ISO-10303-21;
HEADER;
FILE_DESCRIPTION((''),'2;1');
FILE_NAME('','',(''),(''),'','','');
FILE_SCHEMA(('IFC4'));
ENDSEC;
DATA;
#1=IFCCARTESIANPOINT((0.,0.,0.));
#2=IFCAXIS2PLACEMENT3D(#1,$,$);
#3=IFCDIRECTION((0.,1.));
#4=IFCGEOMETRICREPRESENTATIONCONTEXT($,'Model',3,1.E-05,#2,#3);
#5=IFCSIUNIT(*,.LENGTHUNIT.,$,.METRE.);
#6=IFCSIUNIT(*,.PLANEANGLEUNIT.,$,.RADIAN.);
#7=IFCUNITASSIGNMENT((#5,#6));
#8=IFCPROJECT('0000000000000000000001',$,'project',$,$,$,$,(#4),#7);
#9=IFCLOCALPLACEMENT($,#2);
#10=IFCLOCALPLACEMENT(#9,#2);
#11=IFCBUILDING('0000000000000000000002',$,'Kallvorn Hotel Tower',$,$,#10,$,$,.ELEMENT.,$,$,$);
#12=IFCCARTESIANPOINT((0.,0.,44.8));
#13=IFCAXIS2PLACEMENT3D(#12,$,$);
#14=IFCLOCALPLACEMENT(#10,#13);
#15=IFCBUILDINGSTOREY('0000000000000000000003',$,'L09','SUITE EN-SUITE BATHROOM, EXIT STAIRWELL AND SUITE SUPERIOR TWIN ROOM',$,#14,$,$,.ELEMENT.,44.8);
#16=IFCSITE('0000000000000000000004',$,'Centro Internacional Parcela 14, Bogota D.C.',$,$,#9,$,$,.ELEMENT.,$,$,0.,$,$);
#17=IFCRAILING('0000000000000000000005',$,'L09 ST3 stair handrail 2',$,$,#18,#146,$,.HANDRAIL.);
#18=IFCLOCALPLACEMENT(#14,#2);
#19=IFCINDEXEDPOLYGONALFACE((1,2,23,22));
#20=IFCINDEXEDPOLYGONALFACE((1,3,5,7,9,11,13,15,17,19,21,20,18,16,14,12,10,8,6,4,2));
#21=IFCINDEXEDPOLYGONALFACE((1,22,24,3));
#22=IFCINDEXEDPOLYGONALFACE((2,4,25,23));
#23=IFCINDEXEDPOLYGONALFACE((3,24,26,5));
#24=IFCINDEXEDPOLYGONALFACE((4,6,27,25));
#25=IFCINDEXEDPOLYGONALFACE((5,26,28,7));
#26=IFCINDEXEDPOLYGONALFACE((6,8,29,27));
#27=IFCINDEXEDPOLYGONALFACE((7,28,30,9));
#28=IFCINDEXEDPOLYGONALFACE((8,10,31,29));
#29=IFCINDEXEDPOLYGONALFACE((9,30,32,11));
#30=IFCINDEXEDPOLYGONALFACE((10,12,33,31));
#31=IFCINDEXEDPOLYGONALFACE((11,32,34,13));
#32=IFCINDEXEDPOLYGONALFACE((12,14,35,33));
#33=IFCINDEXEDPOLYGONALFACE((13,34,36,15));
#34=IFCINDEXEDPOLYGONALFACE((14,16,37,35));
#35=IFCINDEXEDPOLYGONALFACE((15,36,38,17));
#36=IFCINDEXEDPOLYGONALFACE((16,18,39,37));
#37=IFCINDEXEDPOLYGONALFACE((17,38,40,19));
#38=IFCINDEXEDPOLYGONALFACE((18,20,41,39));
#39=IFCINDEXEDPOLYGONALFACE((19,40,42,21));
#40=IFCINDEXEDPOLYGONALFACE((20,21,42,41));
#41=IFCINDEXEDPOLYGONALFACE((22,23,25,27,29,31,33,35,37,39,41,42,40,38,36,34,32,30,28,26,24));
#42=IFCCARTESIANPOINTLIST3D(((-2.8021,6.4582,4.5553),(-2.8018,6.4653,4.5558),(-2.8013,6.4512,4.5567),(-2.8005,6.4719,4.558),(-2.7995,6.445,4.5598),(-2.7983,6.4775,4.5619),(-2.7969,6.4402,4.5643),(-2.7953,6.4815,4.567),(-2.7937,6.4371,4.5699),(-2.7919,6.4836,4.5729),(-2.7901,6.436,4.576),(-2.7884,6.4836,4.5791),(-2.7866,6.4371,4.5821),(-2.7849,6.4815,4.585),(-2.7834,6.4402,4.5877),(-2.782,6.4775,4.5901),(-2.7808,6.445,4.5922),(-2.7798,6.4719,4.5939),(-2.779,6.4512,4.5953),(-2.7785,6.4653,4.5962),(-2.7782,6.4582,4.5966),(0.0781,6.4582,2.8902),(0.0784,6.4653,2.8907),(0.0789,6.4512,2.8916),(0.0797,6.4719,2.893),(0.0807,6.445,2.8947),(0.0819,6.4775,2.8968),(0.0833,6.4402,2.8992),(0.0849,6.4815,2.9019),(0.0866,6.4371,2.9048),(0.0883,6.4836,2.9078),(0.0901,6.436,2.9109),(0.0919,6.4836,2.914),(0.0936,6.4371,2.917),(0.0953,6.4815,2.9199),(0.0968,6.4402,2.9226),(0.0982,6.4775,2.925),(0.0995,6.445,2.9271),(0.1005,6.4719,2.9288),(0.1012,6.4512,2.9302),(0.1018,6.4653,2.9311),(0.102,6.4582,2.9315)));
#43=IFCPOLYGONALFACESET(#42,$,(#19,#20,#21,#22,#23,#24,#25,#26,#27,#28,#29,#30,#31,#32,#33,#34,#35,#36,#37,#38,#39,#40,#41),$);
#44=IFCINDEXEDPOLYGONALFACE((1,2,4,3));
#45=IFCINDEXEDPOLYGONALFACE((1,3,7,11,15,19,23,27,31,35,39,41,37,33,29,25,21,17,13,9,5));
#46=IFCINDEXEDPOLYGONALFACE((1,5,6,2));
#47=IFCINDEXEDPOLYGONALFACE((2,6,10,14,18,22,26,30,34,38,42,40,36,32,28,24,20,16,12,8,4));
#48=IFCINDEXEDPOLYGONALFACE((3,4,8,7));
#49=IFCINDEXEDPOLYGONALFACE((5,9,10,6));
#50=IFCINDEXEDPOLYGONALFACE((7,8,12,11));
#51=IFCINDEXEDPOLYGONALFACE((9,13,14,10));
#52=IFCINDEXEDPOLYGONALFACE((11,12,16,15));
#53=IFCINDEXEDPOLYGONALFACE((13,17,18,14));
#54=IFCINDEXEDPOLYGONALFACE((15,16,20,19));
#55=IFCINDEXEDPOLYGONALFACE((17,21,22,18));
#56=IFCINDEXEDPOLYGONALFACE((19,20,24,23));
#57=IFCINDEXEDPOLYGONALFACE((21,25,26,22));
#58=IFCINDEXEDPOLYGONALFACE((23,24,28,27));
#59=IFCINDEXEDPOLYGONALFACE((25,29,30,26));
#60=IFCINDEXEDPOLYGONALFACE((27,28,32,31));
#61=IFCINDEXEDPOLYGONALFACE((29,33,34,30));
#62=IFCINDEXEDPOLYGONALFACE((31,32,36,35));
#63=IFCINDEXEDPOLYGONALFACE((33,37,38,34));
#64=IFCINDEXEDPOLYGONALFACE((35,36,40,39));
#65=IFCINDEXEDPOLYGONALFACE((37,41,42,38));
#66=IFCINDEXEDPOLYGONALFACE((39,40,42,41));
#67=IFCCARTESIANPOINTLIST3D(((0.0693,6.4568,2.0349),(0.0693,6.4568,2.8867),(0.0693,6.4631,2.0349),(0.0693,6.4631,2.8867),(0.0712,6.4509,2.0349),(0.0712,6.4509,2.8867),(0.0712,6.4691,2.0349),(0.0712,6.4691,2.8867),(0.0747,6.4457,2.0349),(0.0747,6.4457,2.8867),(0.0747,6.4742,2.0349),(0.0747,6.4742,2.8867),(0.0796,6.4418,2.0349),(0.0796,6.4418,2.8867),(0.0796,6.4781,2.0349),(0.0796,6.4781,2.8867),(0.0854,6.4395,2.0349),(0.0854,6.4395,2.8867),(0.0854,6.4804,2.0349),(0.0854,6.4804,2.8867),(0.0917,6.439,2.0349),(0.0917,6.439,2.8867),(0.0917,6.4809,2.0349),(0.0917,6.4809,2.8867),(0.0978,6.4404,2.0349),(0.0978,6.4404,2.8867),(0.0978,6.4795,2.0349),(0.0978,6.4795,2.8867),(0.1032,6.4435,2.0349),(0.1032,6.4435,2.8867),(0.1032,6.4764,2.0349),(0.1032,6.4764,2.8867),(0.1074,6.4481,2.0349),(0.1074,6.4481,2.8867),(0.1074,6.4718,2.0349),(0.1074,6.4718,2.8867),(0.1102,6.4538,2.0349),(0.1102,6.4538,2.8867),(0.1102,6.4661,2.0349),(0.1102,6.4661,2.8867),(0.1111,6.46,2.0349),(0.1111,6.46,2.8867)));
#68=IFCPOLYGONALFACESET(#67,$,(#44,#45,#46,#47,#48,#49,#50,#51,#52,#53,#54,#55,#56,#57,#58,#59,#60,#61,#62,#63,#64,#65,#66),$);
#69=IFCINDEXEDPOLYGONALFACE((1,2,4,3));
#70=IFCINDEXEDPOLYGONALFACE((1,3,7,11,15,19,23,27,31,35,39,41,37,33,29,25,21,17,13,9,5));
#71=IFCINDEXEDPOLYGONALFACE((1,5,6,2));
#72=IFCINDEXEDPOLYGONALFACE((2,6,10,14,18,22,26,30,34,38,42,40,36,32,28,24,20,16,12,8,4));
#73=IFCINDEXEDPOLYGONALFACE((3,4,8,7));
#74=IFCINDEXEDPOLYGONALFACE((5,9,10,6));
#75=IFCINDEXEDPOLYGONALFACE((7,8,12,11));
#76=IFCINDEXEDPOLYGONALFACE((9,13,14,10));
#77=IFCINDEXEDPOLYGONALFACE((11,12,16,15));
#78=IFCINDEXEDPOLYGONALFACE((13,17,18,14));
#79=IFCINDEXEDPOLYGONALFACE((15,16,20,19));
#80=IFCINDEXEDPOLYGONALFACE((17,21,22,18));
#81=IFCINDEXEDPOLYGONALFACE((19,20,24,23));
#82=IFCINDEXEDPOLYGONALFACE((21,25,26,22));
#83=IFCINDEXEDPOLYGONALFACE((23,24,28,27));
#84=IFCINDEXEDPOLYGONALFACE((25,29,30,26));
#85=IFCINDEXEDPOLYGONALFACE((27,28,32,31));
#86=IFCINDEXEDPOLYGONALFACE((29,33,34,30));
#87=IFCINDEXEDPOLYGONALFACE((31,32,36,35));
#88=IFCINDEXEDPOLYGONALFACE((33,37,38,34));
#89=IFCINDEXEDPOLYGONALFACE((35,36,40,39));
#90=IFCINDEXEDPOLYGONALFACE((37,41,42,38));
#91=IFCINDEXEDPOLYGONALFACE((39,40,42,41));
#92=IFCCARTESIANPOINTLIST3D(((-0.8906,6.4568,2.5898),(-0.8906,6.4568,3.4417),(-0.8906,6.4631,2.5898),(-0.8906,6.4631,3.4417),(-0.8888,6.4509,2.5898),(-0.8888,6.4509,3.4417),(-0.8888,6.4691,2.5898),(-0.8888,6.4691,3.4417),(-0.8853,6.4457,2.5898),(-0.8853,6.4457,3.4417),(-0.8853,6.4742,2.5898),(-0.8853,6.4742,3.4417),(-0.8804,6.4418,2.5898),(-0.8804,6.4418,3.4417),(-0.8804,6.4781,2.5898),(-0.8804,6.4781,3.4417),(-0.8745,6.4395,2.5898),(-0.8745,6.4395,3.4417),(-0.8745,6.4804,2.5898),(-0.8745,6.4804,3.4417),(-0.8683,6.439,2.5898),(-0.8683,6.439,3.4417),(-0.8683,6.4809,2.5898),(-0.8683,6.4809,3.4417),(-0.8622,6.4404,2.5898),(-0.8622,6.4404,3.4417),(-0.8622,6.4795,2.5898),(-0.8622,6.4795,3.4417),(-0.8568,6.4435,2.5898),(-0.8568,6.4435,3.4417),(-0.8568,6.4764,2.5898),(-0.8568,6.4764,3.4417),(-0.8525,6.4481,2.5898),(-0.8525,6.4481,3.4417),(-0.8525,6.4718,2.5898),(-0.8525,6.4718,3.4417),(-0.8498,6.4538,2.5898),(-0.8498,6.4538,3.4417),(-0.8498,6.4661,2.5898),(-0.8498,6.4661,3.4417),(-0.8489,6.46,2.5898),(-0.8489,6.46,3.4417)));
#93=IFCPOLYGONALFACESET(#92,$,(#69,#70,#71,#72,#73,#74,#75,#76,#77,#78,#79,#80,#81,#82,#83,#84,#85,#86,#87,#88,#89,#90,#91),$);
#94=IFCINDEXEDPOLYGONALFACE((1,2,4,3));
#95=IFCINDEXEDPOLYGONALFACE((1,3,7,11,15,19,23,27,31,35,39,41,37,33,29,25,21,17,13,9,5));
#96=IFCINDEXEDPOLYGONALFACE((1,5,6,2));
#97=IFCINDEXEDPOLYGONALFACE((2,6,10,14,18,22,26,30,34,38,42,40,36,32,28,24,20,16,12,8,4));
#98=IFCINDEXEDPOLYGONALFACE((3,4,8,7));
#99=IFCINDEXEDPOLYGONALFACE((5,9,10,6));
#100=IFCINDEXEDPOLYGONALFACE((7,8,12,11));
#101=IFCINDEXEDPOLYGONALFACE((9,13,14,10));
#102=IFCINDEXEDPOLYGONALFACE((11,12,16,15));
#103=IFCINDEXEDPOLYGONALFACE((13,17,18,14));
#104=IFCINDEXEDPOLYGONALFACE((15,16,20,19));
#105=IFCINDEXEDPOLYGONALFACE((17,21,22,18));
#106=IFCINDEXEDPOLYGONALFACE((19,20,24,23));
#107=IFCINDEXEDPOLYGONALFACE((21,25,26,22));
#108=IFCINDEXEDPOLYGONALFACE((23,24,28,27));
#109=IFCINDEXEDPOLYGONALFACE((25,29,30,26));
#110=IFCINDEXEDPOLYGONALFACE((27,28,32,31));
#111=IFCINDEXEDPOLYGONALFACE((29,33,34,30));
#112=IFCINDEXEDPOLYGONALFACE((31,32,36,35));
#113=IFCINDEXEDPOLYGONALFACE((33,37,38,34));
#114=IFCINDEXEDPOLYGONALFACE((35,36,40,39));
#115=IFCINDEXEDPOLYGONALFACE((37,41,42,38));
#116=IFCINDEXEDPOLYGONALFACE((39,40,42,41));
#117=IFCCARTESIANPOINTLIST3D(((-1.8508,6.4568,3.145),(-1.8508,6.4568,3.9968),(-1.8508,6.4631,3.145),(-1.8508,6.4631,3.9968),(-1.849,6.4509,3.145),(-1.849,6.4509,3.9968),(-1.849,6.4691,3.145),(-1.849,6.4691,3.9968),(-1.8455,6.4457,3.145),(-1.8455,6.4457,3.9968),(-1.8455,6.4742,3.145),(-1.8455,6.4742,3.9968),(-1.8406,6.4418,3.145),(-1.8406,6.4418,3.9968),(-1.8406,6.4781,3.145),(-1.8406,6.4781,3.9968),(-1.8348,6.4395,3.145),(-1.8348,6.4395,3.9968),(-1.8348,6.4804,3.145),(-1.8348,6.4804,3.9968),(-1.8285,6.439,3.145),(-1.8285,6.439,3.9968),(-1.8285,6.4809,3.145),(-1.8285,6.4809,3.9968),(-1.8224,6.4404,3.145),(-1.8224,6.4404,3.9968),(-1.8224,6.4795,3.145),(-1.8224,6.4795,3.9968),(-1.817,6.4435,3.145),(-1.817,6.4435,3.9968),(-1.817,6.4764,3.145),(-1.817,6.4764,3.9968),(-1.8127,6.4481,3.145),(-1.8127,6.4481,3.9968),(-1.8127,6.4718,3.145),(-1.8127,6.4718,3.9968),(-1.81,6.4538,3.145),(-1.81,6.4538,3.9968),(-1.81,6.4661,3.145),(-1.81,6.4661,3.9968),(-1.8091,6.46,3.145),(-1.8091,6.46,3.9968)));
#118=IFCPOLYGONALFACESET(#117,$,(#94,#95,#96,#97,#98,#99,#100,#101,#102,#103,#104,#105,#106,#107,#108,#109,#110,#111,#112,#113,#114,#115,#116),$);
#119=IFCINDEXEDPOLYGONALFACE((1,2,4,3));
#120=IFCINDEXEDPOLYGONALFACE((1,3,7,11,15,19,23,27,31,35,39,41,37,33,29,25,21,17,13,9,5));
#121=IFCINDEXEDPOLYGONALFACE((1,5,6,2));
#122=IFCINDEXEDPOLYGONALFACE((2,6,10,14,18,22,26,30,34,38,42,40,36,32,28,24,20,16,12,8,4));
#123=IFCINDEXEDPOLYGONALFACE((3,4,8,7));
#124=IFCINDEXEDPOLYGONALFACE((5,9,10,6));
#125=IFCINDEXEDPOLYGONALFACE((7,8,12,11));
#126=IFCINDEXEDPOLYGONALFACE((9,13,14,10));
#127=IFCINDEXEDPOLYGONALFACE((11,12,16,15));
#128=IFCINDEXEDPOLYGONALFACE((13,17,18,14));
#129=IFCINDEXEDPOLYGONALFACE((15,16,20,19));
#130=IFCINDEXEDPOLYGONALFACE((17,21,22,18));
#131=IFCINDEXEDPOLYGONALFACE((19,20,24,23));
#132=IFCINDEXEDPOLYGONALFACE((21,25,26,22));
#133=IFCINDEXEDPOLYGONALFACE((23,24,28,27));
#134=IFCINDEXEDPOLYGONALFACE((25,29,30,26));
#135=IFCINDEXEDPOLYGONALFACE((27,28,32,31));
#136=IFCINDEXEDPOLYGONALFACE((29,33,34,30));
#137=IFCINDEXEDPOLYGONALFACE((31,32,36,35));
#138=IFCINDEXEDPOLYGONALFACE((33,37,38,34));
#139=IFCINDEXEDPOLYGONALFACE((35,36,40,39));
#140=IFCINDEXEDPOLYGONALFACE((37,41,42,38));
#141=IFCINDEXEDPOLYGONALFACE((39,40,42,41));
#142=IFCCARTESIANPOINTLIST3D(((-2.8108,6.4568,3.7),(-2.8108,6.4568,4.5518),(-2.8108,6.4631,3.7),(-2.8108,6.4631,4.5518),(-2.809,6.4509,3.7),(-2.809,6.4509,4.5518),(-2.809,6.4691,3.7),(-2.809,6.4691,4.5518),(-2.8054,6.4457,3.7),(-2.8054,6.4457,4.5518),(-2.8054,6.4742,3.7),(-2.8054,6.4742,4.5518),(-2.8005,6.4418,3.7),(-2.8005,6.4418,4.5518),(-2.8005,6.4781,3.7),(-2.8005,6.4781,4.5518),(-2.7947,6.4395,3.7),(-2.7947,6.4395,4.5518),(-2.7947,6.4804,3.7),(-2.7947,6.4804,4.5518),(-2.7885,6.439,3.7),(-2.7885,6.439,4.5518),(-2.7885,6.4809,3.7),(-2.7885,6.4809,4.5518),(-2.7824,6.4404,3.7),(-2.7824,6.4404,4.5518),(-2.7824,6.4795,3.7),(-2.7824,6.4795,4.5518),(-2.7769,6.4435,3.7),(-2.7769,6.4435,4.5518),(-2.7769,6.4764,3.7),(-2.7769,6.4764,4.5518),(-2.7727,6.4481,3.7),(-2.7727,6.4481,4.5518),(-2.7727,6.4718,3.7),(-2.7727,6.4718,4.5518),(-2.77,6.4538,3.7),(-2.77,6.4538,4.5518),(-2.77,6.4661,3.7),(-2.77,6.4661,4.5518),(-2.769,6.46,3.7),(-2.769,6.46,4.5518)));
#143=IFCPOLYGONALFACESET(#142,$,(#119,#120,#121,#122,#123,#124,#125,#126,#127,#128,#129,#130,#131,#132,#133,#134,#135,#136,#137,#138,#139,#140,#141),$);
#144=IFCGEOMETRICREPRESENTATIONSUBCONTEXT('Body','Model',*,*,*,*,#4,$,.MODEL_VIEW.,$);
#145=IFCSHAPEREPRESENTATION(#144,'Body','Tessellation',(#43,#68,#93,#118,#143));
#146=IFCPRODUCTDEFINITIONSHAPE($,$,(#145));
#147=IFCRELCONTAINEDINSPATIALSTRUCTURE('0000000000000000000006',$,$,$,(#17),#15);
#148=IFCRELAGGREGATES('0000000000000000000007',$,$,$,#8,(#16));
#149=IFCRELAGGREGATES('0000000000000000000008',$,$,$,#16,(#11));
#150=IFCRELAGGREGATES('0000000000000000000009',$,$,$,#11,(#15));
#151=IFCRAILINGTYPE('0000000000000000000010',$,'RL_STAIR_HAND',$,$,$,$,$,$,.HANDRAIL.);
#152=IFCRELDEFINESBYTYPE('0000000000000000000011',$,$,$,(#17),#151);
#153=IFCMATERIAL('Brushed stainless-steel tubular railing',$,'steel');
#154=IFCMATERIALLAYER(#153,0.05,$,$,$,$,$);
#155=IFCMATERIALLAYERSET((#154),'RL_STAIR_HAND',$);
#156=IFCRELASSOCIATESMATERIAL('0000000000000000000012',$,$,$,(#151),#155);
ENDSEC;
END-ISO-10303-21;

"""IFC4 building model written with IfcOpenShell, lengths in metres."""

from ifc_helpers import new_model, si_unit, direction, frame, origin, origin_2d, place, context, subcontext, project, spatial, circle, extrude, material, layer, layer_set, type_object, element, save


model = new_model("IFC4")

# Units and contexts
model_context = context("Model", 3, precision=1e-05, world=origin(), true_north=direction((0.0, 1.0)))
body_context = subcontext(model_context, "Body", "Model", "MODEL_VIEW")
ifc_project = project(units=[si_unit("LENGTHUNIT", "METRE"), si_unit("PLANEANGLEUNIT", "RADIAN")], contexts=[model_context])

# Site, building, storey
site_placement = place(None, origin())
site = spatial("IfcSite", under=ifc_project, at=site_placement, Name="Centro Internacional Parcela 14, Bogota D.C.", CompositionType="ELEMENT", RefElevation=0.0)
building_placement = place(site_placement, origin())
building = spatial("IfcBuilding", under=site, at=building_placement, Name="Kallvorn Hotel Tower", CompositionType="ELEMENT")
storey_placement = place(building_placement, frame((0.0, 0.0, 44.8)))
storey = spatial("IfcBuildingStorey", under=building, at=storey_placement, Name="L09", Description="SUITE EN-SUITE BATHROOM, EXIT STAIRWELL AND SUITE SUPERIOR TWIN ROOM", CompositionType="ELEMENT", Elevation=44.8)

# Railing
ifc_material_1 = material(Name="Brushed stainless-steel tubular railing", Category="steel")
ifc_layer_1 = layer(ifc_material_1, 0.05)
ifc_layer_set_1 = layer_set([ifc_layer_1], Name="RL_STAIR_HAND")
railing_type_1 = type_object("IfcRailingType", Name="RL_STAIR_HAND", PredefinedType="HANDRAIL", material=ifc_layer_set_1)
railing_1_placement = place(storey_placement, frame((0.0901, 6.46, 2.0349)))
element("IfcRailing", 1, at=railing_1_placement, inside=storey, type_object=railing_type_1, Name="L09 ST3 stair handrail 2", PredefinedType="HANDRAIL", context=body_context, shape_type="SweptSolid", body=[
    extrude(circle(Radius=0.0239, at=origin_2d()), frame((0.0, 0.0, 0.876), z_axis=(-0.865739, 0.0, 0.500495), x_axis=(0.0, -1.0, 0.0)), (0.0, 0.0, 1.0), 3.3269),
    extrude(circle(Radius=0.021, at=origin_2d()), origin(), (0.0, 0.0, 1.0), 0.8518),
    extrude(circle(Radius=0.021, at=origin_2d()), frame((-0.96, 0.0, 0.5549)), (0.0, 0.0, 1.0), 0.8518),
    extrude(circle(Radius=0.021, at=origin_2d()), frame((-1.9202, 0.0, 1.1101)), (0.0, 0.0, 1.0), 0.8518),
    extrude(circle(Radius=0.021, at=origin_2d()), frame((-2.8801, 0.0, 1.665)), (0.0, 0.0, 1.0), 0.8518),
])

save(model, "model.ifc")
